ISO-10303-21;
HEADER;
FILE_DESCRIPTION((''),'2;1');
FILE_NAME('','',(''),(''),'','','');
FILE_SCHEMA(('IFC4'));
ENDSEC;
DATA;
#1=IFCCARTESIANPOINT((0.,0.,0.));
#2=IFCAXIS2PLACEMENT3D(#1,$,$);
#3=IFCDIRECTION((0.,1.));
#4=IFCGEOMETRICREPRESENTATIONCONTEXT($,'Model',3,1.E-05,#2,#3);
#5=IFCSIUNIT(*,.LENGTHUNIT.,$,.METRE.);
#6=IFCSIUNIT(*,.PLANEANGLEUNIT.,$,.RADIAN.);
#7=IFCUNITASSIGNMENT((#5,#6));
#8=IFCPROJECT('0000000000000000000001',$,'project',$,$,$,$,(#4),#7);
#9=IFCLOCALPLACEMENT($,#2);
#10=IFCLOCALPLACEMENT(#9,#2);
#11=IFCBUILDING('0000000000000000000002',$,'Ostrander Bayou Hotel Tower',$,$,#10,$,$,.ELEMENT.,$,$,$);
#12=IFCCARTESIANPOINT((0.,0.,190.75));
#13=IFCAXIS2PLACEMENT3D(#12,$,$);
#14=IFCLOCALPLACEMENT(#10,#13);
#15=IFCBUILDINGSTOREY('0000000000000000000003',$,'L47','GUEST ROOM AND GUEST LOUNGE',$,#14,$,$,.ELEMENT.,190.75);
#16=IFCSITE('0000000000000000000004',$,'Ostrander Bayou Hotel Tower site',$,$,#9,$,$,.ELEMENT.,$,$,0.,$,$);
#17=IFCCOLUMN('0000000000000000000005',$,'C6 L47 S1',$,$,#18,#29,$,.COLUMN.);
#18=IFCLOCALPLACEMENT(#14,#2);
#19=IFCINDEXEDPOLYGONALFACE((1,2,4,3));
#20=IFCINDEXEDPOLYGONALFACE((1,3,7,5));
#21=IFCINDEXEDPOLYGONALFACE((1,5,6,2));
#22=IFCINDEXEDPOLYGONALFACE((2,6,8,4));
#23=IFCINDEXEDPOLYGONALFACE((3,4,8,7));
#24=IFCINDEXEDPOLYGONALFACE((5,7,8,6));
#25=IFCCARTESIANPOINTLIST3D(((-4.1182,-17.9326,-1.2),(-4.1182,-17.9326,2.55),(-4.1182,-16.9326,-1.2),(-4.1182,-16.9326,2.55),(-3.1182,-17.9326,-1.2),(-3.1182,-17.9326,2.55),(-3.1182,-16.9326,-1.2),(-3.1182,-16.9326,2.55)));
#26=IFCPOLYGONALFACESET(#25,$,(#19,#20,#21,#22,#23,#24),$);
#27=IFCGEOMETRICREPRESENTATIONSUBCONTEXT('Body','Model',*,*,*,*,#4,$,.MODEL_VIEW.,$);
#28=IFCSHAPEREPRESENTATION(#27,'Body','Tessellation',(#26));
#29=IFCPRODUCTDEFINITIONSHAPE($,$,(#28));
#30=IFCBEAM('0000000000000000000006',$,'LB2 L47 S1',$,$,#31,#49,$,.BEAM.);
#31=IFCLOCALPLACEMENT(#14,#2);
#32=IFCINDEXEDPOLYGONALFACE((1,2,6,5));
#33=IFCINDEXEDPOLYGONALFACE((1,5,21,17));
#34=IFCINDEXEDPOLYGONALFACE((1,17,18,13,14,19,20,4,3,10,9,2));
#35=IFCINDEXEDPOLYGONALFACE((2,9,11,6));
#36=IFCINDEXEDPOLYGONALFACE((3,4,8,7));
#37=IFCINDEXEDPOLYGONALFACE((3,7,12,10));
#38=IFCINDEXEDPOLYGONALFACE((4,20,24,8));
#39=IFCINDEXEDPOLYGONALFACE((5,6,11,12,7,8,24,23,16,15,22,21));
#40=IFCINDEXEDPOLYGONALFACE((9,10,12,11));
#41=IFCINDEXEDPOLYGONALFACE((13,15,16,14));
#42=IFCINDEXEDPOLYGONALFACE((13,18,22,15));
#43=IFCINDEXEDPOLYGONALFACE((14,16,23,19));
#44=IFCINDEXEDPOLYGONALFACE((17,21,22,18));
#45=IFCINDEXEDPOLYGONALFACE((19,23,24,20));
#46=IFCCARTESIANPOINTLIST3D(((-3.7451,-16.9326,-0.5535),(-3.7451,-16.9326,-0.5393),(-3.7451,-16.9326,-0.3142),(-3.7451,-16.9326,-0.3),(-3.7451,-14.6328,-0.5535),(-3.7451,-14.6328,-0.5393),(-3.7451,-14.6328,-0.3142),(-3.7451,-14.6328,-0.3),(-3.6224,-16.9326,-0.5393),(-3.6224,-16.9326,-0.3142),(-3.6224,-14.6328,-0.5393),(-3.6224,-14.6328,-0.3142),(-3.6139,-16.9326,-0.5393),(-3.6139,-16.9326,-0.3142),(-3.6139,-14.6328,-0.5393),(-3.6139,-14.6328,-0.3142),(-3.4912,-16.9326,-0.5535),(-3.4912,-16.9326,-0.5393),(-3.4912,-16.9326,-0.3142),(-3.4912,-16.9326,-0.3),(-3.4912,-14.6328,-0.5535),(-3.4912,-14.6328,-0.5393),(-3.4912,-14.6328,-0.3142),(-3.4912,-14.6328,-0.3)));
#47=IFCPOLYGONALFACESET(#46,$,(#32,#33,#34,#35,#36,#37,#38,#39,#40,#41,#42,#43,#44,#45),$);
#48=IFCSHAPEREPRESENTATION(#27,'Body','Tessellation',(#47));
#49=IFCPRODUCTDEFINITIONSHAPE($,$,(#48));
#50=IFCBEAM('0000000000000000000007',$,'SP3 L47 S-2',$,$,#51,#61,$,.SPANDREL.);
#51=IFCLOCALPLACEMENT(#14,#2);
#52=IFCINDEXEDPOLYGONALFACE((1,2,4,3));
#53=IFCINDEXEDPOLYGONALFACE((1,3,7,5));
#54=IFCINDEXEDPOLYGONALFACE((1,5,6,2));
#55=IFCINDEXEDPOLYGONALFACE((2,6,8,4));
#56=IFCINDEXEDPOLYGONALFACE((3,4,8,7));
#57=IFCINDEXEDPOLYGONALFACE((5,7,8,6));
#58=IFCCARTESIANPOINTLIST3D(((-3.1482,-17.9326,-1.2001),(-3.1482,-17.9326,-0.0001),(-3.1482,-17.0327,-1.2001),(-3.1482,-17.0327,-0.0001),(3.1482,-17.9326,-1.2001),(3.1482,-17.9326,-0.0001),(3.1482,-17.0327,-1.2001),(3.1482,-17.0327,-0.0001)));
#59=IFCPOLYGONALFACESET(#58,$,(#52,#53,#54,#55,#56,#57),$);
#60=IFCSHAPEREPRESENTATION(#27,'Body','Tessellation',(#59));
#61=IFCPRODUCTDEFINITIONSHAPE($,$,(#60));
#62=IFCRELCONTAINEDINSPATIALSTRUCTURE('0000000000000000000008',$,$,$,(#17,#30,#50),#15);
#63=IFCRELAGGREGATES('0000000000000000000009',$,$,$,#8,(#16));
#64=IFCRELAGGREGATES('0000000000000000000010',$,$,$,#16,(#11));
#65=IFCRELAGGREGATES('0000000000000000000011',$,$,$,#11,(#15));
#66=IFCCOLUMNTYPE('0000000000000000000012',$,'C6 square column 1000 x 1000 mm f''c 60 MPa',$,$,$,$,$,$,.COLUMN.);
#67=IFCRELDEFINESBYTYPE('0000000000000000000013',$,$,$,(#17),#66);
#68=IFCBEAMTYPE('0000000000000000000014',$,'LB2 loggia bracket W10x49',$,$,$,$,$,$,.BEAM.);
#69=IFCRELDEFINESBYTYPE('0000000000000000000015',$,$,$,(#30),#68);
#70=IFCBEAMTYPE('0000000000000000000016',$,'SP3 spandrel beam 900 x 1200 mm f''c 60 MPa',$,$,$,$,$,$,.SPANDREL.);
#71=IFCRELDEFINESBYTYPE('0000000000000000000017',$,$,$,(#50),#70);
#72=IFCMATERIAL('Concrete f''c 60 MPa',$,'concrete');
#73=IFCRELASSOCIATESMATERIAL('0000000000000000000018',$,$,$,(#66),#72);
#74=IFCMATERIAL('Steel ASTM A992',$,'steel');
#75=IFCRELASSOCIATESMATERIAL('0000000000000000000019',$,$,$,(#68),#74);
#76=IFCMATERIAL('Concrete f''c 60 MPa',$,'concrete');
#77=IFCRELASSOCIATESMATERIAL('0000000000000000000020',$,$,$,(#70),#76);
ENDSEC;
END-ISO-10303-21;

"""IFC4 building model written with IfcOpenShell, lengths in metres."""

from ifc_helpers import new_model, si_unit, direction, frame, origin, origin_2d, place, context, subcontext, project, spatial, rectangle, i_section, extrude, material, material_profile, profile_set, type_object, element, save


model = new_model("IFC4")

# Units and contexts
model_context = context("Model", 3, precision=1e-05, world=origin(), true_north=direction((0.0, 1.0)))
body_context = subcontext(model_context, "Body", "Model", "MODEL_VIEW")
ifc_project = project(units=[si_unit("LENGTHUNIT", "METRE"), si_unit("PLANEANGLEUNIT", "RADIAN")], contexts=[model_context])

# Site, building, storey
site_placement = place(None, origin())
site = spatial("IfcSite", under=ifc_project, at=site_placement, Name="Ostrander Bayou Hotel Tower site", CompositionType="ELEMENT", RefElevation=0.0)
building_placement = place(site_placement, origin())
building = spatial("IfcBuilding", under=site, at=building_placement, Name="Ostrander Bayou Hotel Tower", CompositionType="ELEMENT")
storey_placement = place(building_placement, frame((0.0, 0.0, 190.75)))
storey = spatial("IfcBuildingStorey", under=building, at=storey_placement, Name="L47", Description="GUEST ROOM AND GUEST LOUNGE", CompositionType="ELEMENT", Elevation=190.75)

# Column
ifc_material_1 = material(Name="Concrete f'c 60 MPa", Category="concrete")
ifc_material_profile_1 = material_profile(ifc_material_1, rectangle(XDim=1.0, YDim=1.0, at=origin_2d()))
ifc_profile_set_1 = profile_set([ifc_material_profile_1], Name="Concrete f'c 60 MPa")
column_type = type_object("IfcColumnType", Name="C6 square column 1000 x 1000 mm f'c 60 MPa", PredefinedType="COLUMN", material=ifc_profile_set_1)
column_placement = place(storey_placement, frame((-3.6182, -17.4326, -1.2), z_axis=(0.0, 0.0, 1.0), x_axis=(-1.0, 0.0, 0.0)))
element("IfcColumn", 1, at=column_placement, inside=storey, type_object=column_type, Name="C6 L47 S1", PredefinedType="COLUMN", context=body_context, shape_type="SweptSolid", body=[
    extrude(rectangle(XDim=1.0, YDim=1.0, at=origin_2d()), origin(), (0.0, 0.0, 1.0), 3.75),
])

# Beams
ifc_material_2 = material(Name="Steel ASTM A992", Category="steel")
ifc_material_profile_2 = material_profile(ifc_material_2, i_section(OverallWidth=0.2539, OverallDepth=0.2534, WebThickness=0.0085, FlangeThickness=0.0142, at=origin_2d()))
ifc_profile_set_2 = profile_set([ifc_material_profile_2], Name="Steel ASTM A992")
beam_type_1 = type_object("IfcBeamType", Name="LB2 loggia bracket W10x49", PredefinedType="BEAM", material=ifc_profile_set_2)
beam_1_placement = place(storey_placement, frame((-3.6182, -16.9326, -0.4268), z_axis=(0.0, 1.0, 0.0), x_axis=(-1.0, 0.0, 0.0)))
element("IfcBeam", 2, at=beam_1_placement, inside=storey, type_object=beam_type_1, Name="LB2 L47 S1", PredefinedType="BEAM", context=body_context, shape_type="SweptSolid", body=[
    extrude(i_section(OverallWidth=0.2539, OverallDepth=0.2534, WebThickness=0.0085, FlangeThickness=0.0142, at=origin_2d()), origin(), (0.0, 0.0, 1.0), 2.2998),
])
ifc_material_3 = material(Name="Concrete f'c 60 MPa", Category="concrete")
ifc_material_profile_3 = material_profile(ifc_material_3, rectangle(XDim=0.8999, YDim=1.2, at=origin_2d()))
ifc_profile_set_3 = profile_set([ifc_material_profile_3], Name="Concrete f'c 60 MPa")
beam_type_2 = type_object("IfcBeamType", Name="SP3 spandrel beam 900 x 1200 mm f'c 60 MPa", PredefinedType="SPANDREL", material=ifc_profile_set_3)
beam_2_placement = place(storey_placement, frame((-3.1482, -17.4827, -0.6001), z_axis=(1.0, 0.0, 0.0), x_axis=(0.0, 1.0, 0.0)))
element("IfcBeam", 3, at=beam_2_placement, inside=storey, type_object=beam_type_2, Name="SP3 L47 S-2", PredefinedType="SPANDREL", context=body_context, shape_type="SweptSolid", body=[
    extrude(rectangle(XDim=0.8999, YDim=1.2, at=origin_2d()), origin(), (0.0, 0.0, 1.0), 6.2964),
])

save(model, "model.ifc")
